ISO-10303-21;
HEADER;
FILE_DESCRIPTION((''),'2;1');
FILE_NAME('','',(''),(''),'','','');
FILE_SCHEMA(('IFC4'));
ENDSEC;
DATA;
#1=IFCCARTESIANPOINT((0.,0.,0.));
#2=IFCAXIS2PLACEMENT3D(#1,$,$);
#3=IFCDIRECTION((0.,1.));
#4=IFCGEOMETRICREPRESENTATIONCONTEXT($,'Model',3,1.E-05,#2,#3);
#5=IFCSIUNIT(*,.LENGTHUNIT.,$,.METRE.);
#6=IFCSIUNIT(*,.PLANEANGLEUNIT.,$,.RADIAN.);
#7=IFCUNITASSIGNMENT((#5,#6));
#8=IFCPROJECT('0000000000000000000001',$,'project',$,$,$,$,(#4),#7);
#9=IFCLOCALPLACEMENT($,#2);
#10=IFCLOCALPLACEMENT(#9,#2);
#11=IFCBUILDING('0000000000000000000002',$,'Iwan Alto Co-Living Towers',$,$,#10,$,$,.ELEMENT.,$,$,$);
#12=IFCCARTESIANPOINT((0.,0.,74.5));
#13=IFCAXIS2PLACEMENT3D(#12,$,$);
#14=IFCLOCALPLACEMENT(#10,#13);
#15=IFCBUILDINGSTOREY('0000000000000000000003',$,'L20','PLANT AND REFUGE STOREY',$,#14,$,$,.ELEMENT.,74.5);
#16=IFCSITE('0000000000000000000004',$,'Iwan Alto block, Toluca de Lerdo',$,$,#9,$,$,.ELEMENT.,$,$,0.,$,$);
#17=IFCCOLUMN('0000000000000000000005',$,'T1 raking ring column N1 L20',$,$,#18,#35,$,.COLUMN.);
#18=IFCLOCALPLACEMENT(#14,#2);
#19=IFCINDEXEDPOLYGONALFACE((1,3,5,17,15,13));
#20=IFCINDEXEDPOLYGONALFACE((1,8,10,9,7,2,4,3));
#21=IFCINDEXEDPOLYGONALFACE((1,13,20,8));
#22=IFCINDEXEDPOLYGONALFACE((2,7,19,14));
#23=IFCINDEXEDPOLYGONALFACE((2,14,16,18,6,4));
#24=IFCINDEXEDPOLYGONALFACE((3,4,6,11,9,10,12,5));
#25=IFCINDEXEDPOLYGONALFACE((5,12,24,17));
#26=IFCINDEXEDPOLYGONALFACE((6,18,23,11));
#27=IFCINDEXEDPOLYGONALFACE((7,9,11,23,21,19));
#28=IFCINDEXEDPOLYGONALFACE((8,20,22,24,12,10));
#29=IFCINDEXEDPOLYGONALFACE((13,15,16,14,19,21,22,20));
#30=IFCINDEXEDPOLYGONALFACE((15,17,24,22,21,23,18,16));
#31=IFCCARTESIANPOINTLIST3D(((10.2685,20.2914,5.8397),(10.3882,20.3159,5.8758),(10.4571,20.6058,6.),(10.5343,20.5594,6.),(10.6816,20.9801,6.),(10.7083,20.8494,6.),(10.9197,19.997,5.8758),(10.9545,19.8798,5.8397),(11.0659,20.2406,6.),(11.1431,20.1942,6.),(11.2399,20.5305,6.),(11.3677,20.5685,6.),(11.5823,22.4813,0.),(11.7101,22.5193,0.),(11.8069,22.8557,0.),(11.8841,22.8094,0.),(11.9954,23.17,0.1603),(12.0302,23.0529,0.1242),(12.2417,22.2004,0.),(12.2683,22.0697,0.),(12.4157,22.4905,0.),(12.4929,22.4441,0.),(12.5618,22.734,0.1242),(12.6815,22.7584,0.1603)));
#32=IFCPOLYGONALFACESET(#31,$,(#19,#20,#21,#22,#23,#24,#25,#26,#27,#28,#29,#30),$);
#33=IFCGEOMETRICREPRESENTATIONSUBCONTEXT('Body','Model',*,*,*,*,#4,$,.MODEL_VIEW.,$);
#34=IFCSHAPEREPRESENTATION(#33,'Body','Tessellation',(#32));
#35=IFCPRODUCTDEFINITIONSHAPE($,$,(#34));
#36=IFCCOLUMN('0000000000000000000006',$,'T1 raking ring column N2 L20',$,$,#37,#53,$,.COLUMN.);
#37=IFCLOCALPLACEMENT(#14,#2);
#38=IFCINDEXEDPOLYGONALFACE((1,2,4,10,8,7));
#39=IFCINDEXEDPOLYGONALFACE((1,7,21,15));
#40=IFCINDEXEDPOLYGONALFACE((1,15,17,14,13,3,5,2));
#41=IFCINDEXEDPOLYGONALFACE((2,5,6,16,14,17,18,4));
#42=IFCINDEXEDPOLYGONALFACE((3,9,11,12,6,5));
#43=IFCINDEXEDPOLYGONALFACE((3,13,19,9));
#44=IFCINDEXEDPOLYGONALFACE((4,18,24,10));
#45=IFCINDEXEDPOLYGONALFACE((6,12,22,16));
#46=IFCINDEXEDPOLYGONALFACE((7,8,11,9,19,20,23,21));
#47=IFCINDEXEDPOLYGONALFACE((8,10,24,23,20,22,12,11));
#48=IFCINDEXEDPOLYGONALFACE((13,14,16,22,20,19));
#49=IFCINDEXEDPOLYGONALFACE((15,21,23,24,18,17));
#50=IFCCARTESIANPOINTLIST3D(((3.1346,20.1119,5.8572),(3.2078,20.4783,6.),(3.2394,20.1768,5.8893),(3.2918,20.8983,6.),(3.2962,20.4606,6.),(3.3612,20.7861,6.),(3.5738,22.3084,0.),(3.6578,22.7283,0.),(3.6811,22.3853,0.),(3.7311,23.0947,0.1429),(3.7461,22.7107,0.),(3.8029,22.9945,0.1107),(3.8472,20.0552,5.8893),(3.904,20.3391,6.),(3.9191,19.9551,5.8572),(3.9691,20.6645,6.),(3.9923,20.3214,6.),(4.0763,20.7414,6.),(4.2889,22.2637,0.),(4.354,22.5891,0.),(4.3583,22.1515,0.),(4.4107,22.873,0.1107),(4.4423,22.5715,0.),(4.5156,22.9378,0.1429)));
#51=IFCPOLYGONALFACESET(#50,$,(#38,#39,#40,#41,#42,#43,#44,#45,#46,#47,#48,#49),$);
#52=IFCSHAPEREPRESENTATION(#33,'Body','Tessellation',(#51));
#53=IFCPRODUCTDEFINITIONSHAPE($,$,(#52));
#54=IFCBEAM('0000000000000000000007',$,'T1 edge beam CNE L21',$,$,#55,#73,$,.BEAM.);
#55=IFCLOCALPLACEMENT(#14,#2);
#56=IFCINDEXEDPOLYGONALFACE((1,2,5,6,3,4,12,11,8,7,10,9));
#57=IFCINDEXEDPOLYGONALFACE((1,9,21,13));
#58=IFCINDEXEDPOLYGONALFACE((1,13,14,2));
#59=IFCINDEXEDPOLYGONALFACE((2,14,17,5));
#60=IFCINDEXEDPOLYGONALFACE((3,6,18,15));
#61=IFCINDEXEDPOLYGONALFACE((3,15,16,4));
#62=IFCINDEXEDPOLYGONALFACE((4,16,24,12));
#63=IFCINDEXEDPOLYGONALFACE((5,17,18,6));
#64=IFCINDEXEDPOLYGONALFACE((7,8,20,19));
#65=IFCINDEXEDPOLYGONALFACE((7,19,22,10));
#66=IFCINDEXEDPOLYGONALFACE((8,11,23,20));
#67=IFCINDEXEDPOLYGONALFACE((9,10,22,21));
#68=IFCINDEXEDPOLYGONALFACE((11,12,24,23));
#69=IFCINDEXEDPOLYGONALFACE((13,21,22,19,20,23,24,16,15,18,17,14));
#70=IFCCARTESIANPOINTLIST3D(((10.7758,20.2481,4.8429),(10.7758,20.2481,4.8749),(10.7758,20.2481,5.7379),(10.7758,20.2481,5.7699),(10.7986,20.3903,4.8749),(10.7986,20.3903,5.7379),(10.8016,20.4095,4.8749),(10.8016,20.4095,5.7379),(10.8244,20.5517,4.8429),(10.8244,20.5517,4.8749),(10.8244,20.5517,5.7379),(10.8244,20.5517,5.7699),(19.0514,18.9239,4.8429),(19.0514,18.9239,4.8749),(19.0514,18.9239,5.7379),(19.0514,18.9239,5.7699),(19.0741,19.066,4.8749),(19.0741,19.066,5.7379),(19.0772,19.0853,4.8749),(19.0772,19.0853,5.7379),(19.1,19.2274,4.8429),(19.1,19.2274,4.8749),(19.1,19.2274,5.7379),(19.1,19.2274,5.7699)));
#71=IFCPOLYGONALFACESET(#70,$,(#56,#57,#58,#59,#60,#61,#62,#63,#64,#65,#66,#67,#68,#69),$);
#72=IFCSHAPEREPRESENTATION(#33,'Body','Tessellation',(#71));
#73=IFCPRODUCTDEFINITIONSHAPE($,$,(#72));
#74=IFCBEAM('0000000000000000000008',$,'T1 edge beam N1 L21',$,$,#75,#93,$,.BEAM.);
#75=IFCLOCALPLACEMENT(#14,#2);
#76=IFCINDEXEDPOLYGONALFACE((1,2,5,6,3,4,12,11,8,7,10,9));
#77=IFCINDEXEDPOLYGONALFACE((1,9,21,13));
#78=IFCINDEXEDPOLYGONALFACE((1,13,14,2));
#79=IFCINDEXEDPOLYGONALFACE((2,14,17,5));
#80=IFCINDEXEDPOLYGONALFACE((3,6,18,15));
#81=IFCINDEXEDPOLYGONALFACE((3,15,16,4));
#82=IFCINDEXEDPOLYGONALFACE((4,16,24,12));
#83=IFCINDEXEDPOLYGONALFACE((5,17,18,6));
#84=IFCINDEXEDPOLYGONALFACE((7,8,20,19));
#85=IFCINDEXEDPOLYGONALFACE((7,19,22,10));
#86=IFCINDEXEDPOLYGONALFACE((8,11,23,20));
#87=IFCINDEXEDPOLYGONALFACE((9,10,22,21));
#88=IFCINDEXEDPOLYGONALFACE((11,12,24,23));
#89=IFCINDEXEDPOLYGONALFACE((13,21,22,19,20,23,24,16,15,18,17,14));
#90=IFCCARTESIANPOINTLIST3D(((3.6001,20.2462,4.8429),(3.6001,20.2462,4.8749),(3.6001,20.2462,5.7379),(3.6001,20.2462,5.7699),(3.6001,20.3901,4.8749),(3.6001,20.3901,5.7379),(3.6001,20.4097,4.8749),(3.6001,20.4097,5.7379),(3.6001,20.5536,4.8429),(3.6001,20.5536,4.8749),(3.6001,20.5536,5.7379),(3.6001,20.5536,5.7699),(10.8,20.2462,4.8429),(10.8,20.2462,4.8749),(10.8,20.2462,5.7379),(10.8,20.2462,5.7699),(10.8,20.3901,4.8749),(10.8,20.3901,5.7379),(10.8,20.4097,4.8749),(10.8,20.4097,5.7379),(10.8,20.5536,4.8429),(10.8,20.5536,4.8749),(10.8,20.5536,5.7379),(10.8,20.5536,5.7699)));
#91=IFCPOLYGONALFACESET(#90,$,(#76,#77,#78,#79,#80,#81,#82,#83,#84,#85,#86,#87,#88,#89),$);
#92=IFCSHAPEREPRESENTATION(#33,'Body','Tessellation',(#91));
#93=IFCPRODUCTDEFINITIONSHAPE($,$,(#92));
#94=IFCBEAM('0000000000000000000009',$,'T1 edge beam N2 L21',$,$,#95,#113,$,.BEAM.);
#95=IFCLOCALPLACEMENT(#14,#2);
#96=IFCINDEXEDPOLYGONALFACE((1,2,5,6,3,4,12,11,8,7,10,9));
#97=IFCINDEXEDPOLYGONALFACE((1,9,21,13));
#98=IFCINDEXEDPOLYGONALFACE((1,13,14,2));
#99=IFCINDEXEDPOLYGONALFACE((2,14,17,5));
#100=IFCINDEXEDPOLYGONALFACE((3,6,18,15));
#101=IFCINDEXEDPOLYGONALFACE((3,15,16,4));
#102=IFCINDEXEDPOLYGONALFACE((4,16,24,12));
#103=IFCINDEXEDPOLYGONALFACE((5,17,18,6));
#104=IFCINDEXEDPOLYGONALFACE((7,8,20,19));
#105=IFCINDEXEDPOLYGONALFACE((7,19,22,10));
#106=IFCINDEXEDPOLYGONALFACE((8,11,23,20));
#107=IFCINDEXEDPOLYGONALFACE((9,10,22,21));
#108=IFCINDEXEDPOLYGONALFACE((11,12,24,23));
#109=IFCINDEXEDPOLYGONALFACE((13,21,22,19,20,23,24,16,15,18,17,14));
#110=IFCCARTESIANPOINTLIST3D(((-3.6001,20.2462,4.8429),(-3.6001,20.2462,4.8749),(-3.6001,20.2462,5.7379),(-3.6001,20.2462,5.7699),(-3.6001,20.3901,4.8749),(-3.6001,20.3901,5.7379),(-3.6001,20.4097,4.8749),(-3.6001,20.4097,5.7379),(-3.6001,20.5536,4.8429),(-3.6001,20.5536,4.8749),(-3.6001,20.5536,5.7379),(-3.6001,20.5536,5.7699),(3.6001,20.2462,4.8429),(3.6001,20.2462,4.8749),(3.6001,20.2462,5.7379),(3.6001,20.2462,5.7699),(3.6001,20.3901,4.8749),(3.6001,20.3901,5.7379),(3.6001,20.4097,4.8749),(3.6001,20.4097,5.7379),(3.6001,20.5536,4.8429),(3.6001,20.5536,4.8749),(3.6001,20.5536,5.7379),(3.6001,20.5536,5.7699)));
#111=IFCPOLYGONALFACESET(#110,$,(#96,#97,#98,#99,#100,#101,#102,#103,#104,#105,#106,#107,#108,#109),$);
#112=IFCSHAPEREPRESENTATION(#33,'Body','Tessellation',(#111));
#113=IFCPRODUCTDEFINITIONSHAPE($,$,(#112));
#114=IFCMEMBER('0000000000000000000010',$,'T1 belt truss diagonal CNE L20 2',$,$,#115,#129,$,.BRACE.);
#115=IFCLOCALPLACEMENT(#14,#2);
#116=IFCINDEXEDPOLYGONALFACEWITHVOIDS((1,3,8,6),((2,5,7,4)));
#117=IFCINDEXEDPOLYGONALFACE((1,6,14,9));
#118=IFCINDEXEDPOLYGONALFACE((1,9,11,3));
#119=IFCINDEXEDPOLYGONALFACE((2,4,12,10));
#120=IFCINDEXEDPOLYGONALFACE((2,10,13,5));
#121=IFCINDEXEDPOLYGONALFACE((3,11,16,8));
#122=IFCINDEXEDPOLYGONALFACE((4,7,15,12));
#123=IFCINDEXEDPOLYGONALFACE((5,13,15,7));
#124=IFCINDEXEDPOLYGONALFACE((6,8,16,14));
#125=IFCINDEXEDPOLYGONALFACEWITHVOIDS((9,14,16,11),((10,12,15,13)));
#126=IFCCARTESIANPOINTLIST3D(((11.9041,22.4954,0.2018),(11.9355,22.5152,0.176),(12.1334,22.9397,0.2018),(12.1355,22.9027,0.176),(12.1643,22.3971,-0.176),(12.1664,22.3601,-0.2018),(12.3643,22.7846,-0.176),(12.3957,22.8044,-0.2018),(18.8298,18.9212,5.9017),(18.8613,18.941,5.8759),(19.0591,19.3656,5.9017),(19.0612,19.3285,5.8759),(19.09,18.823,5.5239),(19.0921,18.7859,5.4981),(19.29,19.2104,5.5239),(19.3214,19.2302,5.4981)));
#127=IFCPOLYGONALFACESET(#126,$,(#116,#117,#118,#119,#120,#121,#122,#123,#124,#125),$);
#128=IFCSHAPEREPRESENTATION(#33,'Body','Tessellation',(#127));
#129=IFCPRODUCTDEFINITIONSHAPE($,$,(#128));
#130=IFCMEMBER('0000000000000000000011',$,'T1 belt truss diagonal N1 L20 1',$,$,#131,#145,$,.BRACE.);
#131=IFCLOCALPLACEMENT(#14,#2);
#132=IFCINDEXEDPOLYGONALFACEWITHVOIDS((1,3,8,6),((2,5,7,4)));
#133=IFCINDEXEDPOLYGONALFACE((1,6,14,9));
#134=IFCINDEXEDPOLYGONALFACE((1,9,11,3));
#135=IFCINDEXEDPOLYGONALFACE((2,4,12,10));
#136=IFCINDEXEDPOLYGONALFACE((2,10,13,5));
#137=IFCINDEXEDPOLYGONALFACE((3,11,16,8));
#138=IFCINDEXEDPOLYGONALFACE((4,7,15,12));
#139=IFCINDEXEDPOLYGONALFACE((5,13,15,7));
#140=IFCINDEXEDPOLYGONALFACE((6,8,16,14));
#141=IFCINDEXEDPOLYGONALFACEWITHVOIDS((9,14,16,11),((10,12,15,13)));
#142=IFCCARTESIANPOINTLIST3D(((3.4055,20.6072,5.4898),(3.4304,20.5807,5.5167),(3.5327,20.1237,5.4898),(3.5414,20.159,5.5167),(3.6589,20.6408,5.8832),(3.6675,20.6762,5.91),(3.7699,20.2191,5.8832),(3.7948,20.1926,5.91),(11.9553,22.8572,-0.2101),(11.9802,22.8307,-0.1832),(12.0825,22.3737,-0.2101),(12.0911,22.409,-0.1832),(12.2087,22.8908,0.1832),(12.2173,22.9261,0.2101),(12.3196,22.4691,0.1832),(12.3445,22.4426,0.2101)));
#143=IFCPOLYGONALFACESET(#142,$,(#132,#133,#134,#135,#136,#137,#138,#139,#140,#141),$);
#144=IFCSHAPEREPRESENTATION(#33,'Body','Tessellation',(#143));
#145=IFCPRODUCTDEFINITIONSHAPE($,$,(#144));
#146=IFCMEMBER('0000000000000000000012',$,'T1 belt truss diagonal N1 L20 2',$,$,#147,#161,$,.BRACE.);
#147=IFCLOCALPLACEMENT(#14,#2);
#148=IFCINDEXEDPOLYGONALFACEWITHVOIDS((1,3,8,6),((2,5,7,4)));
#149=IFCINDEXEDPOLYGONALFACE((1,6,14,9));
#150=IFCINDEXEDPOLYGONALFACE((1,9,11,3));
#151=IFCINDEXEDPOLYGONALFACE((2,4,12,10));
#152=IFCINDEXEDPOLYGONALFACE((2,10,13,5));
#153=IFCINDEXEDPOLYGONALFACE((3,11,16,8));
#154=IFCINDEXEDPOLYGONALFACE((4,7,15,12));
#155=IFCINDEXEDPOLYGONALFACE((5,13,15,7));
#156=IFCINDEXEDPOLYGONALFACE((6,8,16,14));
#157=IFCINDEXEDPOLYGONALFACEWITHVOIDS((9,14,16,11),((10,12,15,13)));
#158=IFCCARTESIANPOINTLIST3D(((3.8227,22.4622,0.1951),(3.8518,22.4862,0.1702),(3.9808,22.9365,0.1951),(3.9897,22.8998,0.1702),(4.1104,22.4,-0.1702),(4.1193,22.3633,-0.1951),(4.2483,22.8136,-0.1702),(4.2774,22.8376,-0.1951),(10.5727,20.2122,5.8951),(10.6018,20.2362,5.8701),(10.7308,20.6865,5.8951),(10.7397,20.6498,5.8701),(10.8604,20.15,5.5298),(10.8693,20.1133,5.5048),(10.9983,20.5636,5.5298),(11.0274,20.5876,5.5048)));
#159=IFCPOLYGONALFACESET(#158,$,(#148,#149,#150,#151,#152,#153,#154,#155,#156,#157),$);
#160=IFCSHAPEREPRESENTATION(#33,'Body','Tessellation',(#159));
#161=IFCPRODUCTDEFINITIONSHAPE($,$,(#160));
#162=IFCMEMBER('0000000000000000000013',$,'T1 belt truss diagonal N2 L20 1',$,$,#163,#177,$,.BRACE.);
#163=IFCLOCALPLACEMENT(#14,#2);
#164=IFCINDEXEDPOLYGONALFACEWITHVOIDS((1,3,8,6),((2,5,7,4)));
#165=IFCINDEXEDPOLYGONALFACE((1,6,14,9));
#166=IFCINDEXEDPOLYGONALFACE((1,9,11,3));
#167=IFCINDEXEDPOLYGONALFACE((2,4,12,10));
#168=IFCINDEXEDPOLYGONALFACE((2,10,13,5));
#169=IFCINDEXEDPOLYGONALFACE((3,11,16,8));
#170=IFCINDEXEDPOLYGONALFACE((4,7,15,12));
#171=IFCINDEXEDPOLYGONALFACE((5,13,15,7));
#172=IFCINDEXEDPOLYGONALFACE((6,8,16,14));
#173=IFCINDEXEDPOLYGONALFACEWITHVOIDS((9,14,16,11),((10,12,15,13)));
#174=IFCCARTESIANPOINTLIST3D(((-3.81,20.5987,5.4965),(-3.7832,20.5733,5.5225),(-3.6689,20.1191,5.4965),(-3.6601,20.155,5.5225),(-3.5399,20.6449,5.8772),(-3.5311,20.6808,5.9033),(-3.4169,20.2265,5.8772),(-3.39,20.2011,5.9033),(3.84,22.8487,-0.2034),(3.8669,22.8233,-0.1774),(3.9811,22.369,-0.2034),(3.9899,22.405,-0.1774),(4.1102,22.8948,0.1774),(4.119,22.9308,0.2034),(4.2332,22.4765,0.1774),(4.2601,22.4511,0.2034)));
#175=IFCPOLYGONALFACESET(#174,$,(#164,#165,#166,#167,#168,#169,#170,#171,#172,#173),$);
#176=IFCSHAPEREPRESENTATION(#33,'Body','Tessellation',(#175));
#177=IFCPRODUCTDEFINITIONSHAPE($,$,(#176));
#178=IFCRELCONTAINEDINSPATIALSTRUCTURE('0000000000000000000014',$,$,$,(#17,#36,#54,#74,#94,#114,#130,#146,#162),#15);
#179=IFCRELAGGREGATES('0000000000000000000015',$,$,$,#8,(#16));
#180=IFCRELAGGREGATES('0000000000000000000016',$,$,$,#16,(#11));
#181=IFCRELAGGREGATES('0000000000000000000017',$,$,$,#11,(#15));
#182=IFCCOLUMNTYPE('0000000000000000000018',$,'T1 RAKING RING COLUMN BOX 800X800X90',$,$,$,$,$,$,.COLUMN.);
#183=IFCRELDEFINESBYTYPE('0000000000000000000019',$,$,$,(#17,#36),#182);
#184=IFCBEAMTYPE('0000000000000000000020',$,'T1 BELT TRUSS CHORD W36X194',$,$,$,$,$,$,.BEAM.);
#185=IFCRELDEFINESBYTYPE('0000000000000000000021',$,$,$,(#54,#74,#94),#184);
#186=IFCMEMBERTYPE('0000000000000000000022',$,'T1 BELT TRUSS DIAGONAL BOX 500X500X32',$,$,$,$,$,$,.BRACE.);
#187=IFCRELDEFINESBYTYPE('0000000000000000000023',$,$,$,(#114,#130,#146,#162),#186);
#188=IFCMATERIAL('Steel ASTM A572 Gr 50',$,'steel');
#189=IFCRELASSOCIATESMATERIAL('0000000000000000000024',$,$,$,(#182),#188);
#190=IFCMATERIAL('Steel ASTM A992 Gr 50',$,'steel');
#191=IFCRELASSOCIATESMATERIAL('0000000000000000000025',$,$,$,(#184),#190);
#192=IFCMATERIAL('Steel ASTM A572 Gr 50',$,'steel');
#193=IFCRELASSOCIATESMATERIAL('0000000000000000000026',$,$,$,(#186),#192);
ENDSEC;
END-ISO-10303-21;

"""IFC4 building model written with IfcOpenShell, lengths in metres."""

from ifc_helpers import new_model, si_unit, direction, frame, origin, origin_2d, place, context, subcontext, project, spatial, hollow_rectangle, i_section, extrude, clip, halfspace, material, material_profile, profile_set, type_object, element, save


model = new_model("IFC4")

# Units and contexts
model_context = context("Model", 3, precision=1e-05, world=origin(), true_north=direction((0.0, 1.0)))
body_context = subcontext(model_context, "Body", "Model", "MODEL_VIEW")
ifc_project = project(units=[si_unit("LENGTHUNIT", "METRE"), si_unit("PLANEANGLEUNIT", "RADIAN")], contexts=[model_context])

# Site, building, storey
site_placement = place(None, origin())
site = spatial("IfcSite", under=ifc_project, at=site_placement, Name="Iwan Alto block, Toluca de Lerdo", CompositionType="ELEMENT", RefElevation=0.0)
building_placement = place(site_placement, origin())
building = spatial("IfcBuilding", under=site, at=building_placement, Name="Iwan Alto Co-Living Towers", CompositionType="ELEMENT")
storey_placement = place(building_placement, frame((0.0, 0.0, 74.5)))
storey = spatial("IfcBuildingStorey", under=building, at=storey_placement, Name="L20", Description="PLANT AND REFUGE STOREY", CompositionType="ELEMENT", Elevation=74.5)

# Columns
ifc_material_1 = material(Name="Steel ASTM A572 Gr 50", Category="steel")
ifc_material_profile_1 = material_profile(ifc_material_1, hollow_rectangle(XDim=0.8, YDim=0.8, WallThickness=0.0901, at=origin_2d()), Name="BOX 800X800X90")
ifc_profile_set_1 = profile_set([ifc_material_profile_1], Name="Steel ASTM A572 Gr 50")
column_type = type_object("IfcColumnType", Name="T1 RAKING RING COLUMN BOX 800X800X90", PredefinedType="COLUMN", material=ifc_profile_set_1)
column_1_placement = place(storey_placement, frame((12.1499, 22.6499, 0.0), z_axis=(-0.206128, -0.343583, 0.916222), x_axis=(0.857518, -0.514455, 0.0)))
element("IfcColumn", 1, at=column_1_placement, inside=storey, type_object=column_type, Name="T1 raking ring column N1 L20", PredefinedType="COLUMN", context=body_context, shape_type="Clipping", body=[
    clip(clip(extrude(hollow_rectangle(XDim=0.8, YDim=0.8, WallThickness=0.0901, at=origin_2d()), origin(), (0.0, 0.0, 1.0), 6.5486), halfspace(frame((0.0, 0.0, 0.0), z_axis=(0.0, -0.400672, -0.916222), x_axis=(0.857518, 0.471355, -0.206128)), False)), halfspace(frame((0.0, 2.4041, 5.4973), z_axis=(0.0, 0.400672, 0.916222), x_axis=(0.857518, 0.471355, -0.206128)), False)),
])
column_2_placement = place(storey_placement, frame((4.05, 22.6499, 0.0), z_axis=(-0.070045, -0.350261, 0.934029), x_axis=(0.980585, -0.196096, 0.0)))
element("IfcColumn", 2, at=column_2_placement, inside=storey, type_object=column_type, Name="T1 raking ring column N2 L20", PredefinedType="COLUMN", context=body_context, shape_type="Clipping", body=[
    clip(clip(extrude(hollow_rectangle(XDim=0.8, YDim=0.8, WallThickness=0.0901, at=origin_2d()), origin(), (0.0, 0.0, 1.0), 6.4238), halfspace(frame((0.0, 0.0, 0.0), z_axis=(0.0, -0.357196, -0.934029), x_axis=(0.980585, 0.183159, -0.070045)), False)), halfspace(frame((0.0, 2.1431, 5.6042), z_axis=(0.0, 0.357196, 0.934029), x_axis=(0.980585, 0.183159, -0.070045)), False)),
])

# Beams
ifc_material_2 = material(Name="Steel ASTM A992 Gr 50", Category="steel")
ifc_material_profile_2 = material_profile(ifc_material_2, i_section(OverallWidth=0.3074, OverallDepth=0.927, WebThickness=0.0195, FlangeThickness=0.032, at=origin_2d()), Name="W36X194")
ifc_profile_set_2 = profile_set([ifc_material_profile_2], Name="Steel ASTM A992 Gr 50")
beam_type_1 = type_object("IfcBeamType", Name="T1 BELT TRUSS CHORD W36X194", PredefinedType="BEAM", material=ifc_profile_set_2)
beam_1_placement = place(storey_placement, frame((19.0757, 19.0757, 5.3064), z_axis=(-0.987438, 0.158004, 0.0), x_axis=(-0.158004, -0.987438, 0.0)))
element("IfcBeam", 3, at=beam_1_placement, inside=storey, type_object=beam_type_1, Name="T1 edge beam CNE L21", PredefinedType="BEAM", context=body_context, shape_type="SweptSolid", body=[
    extrude(i_section(OverallWidth=0.3074, OverallDepth=0.927, WebThickness=0.0195, FlangeThickness=0.032, at=origin_2d()), origin(), (0.0, 0.0, 1.0), 8.3809),
])
beam_2_placement = place(storey_placement, frame((10.8, 20.3999, 5.3064), z_axis=(-1.0, 0.0, 0.0), x_axis=(0.0, -1.0, 0.0)))
element("IfcBeam", 4, at=beam_2_placement, inside=storey, type_object=beam_type_1, Name="T1 edge beam N1 L21", PredefinedType="BEAM", context=body_context, shape_type="SweptSolid", body=[
    extrude(i_section(OverallWidth=0.3074, OverallDepth=0.927, WebThickness=0.0195, FlangeThickness=0.032, at=origin_2d()), origin(), (0.0, 0.0, 1.0), 7.2),
])
beam_3_placement = place(storey_placement, frame((3.6001, 20.3999, 5.3064), z_axis=(-1.0, 0.0, 0.0), x_axis=(0.0, -1.0, 0.0)))
element("IfcBeam", 5, at=beam_3_placement, inside=storey, type_object=beam_type_1, Name="T1 edge beam N2 L21", PredefinedType="BEAM", context=body_context, shape_type="SweptSolid", body=[
    extrude(i_section(OverallWidth=0.3074, OverallDepth=0.927, WebThickness=0.0195, FlangeThickness=0.032, at=origin_2d()), origin(), (0.0, 0.0, 1.0), 7.2002),
])

# Members
ifc_material_3 = material(Name="Steel ASTM A572 Gr 50", Category="steel")
ifc_material_profile_3 = material_profile(ifc_material_3, hollow_rectangle(XDim=0.5, YDim=0.5, WallThickness=0.032, at=origin_2d()), Name="BOX 500X500X32")
ifc_profile_set_3 = profile_set([ifc_material_profile_3], Name="Steel ASTM A572 Gr 50")
member_type_1 = type_object("IfcMemberType", Name="T1 BELT TRUSS DIAGONAL BOX 500X500X32", PredefinedType="BRACE", material=ifc_profile_set_3)
member_1_placement = place(storey_placement, frame((12.1499, 22.6499, 0.0), z_axis=(0.71728, -0.37017, 0.590325), x_axis=(0.458605, 0.88864, 0.0)))
element("IfcMember", 6, at=member_1_placement, inside=storey, type_object=member_type_1, Name="T1 belt truss diagonal CNE L20 2", PredefinedType="BRACE", context=body_context, shape_type="SweptSolid", body=[
    extrude(hollow_rectangle(XDim=0.5, YDim=0.5, WallThickness=0.032, at=origin_2d()), origin(), (0.0, 0.0, 1.0), 9.6555),
])
member_2_placement = place(storey_placement, frame((12.1499, 22.6499, 0.0), z_axis=(-0.81279, -0.213897, 0.541868), x_axis=(0.254499, -0.967073, 0.0)))
element("IfcMember", 7, at=member_2_placement, inside=storey, type_object=member_type_1, Name="T1 belt truss diagonal N1 L20 1", PredefinedType="BRACE", context=body_context, shape_type="SweptSolid", body=[
    extrude(hollow_rectangle(XDim=0.5, YDim=0.5, WallThickness=0.032, at=origin_2d()), origin(), (0.0, 0.0, 1.0), 10.519),
])
member_3_placement = place(storey_placement, frame((4.05, 22.6499, 0.0), z_axis=(0.740398, -0.246799, 0.62522), x_axis=(0.316228, 0.948683, 0.0)))
element("IfcMember", 8, at=member_3_placement, inside=storey, type_object=member_type_1, Name="T1 belt truss diagonal N1 L20 2", PredefinedType="BRACE", context=body_context, shape_type="SweptSolid", body=[
    extrude(hollow_rectangle(XDim=0.5, YDim=0.5, WallThickness=0.032, at=origin_2d()), origin(), (0.0, 0.0, 1.0), 9.1167),
])
member_4_placement = place(storey_placement, frame((4.05, 22.6499, 0.0), z_axis=(-0.780478, -0.229548, 0.581517), x_axis=(0.282161, -0.959367, 0.0)))
element("IfcMember", 9, at=member_4_placement, inside=storey, type_object=member_type_1, Name="T1 belt truss diagonal N2 L20 1", PredefinedType="BRACE", context=body_context, shape_type="SweptSolid", body=[
    extrude(hollow_rectangle(XDim=0.5, YDim=0.5, WallThickness=0.032, at=origin_2d()), origin(), (0.0, 0.0, 1.0), 9.8018),
])

save(model, "model.ifc")
